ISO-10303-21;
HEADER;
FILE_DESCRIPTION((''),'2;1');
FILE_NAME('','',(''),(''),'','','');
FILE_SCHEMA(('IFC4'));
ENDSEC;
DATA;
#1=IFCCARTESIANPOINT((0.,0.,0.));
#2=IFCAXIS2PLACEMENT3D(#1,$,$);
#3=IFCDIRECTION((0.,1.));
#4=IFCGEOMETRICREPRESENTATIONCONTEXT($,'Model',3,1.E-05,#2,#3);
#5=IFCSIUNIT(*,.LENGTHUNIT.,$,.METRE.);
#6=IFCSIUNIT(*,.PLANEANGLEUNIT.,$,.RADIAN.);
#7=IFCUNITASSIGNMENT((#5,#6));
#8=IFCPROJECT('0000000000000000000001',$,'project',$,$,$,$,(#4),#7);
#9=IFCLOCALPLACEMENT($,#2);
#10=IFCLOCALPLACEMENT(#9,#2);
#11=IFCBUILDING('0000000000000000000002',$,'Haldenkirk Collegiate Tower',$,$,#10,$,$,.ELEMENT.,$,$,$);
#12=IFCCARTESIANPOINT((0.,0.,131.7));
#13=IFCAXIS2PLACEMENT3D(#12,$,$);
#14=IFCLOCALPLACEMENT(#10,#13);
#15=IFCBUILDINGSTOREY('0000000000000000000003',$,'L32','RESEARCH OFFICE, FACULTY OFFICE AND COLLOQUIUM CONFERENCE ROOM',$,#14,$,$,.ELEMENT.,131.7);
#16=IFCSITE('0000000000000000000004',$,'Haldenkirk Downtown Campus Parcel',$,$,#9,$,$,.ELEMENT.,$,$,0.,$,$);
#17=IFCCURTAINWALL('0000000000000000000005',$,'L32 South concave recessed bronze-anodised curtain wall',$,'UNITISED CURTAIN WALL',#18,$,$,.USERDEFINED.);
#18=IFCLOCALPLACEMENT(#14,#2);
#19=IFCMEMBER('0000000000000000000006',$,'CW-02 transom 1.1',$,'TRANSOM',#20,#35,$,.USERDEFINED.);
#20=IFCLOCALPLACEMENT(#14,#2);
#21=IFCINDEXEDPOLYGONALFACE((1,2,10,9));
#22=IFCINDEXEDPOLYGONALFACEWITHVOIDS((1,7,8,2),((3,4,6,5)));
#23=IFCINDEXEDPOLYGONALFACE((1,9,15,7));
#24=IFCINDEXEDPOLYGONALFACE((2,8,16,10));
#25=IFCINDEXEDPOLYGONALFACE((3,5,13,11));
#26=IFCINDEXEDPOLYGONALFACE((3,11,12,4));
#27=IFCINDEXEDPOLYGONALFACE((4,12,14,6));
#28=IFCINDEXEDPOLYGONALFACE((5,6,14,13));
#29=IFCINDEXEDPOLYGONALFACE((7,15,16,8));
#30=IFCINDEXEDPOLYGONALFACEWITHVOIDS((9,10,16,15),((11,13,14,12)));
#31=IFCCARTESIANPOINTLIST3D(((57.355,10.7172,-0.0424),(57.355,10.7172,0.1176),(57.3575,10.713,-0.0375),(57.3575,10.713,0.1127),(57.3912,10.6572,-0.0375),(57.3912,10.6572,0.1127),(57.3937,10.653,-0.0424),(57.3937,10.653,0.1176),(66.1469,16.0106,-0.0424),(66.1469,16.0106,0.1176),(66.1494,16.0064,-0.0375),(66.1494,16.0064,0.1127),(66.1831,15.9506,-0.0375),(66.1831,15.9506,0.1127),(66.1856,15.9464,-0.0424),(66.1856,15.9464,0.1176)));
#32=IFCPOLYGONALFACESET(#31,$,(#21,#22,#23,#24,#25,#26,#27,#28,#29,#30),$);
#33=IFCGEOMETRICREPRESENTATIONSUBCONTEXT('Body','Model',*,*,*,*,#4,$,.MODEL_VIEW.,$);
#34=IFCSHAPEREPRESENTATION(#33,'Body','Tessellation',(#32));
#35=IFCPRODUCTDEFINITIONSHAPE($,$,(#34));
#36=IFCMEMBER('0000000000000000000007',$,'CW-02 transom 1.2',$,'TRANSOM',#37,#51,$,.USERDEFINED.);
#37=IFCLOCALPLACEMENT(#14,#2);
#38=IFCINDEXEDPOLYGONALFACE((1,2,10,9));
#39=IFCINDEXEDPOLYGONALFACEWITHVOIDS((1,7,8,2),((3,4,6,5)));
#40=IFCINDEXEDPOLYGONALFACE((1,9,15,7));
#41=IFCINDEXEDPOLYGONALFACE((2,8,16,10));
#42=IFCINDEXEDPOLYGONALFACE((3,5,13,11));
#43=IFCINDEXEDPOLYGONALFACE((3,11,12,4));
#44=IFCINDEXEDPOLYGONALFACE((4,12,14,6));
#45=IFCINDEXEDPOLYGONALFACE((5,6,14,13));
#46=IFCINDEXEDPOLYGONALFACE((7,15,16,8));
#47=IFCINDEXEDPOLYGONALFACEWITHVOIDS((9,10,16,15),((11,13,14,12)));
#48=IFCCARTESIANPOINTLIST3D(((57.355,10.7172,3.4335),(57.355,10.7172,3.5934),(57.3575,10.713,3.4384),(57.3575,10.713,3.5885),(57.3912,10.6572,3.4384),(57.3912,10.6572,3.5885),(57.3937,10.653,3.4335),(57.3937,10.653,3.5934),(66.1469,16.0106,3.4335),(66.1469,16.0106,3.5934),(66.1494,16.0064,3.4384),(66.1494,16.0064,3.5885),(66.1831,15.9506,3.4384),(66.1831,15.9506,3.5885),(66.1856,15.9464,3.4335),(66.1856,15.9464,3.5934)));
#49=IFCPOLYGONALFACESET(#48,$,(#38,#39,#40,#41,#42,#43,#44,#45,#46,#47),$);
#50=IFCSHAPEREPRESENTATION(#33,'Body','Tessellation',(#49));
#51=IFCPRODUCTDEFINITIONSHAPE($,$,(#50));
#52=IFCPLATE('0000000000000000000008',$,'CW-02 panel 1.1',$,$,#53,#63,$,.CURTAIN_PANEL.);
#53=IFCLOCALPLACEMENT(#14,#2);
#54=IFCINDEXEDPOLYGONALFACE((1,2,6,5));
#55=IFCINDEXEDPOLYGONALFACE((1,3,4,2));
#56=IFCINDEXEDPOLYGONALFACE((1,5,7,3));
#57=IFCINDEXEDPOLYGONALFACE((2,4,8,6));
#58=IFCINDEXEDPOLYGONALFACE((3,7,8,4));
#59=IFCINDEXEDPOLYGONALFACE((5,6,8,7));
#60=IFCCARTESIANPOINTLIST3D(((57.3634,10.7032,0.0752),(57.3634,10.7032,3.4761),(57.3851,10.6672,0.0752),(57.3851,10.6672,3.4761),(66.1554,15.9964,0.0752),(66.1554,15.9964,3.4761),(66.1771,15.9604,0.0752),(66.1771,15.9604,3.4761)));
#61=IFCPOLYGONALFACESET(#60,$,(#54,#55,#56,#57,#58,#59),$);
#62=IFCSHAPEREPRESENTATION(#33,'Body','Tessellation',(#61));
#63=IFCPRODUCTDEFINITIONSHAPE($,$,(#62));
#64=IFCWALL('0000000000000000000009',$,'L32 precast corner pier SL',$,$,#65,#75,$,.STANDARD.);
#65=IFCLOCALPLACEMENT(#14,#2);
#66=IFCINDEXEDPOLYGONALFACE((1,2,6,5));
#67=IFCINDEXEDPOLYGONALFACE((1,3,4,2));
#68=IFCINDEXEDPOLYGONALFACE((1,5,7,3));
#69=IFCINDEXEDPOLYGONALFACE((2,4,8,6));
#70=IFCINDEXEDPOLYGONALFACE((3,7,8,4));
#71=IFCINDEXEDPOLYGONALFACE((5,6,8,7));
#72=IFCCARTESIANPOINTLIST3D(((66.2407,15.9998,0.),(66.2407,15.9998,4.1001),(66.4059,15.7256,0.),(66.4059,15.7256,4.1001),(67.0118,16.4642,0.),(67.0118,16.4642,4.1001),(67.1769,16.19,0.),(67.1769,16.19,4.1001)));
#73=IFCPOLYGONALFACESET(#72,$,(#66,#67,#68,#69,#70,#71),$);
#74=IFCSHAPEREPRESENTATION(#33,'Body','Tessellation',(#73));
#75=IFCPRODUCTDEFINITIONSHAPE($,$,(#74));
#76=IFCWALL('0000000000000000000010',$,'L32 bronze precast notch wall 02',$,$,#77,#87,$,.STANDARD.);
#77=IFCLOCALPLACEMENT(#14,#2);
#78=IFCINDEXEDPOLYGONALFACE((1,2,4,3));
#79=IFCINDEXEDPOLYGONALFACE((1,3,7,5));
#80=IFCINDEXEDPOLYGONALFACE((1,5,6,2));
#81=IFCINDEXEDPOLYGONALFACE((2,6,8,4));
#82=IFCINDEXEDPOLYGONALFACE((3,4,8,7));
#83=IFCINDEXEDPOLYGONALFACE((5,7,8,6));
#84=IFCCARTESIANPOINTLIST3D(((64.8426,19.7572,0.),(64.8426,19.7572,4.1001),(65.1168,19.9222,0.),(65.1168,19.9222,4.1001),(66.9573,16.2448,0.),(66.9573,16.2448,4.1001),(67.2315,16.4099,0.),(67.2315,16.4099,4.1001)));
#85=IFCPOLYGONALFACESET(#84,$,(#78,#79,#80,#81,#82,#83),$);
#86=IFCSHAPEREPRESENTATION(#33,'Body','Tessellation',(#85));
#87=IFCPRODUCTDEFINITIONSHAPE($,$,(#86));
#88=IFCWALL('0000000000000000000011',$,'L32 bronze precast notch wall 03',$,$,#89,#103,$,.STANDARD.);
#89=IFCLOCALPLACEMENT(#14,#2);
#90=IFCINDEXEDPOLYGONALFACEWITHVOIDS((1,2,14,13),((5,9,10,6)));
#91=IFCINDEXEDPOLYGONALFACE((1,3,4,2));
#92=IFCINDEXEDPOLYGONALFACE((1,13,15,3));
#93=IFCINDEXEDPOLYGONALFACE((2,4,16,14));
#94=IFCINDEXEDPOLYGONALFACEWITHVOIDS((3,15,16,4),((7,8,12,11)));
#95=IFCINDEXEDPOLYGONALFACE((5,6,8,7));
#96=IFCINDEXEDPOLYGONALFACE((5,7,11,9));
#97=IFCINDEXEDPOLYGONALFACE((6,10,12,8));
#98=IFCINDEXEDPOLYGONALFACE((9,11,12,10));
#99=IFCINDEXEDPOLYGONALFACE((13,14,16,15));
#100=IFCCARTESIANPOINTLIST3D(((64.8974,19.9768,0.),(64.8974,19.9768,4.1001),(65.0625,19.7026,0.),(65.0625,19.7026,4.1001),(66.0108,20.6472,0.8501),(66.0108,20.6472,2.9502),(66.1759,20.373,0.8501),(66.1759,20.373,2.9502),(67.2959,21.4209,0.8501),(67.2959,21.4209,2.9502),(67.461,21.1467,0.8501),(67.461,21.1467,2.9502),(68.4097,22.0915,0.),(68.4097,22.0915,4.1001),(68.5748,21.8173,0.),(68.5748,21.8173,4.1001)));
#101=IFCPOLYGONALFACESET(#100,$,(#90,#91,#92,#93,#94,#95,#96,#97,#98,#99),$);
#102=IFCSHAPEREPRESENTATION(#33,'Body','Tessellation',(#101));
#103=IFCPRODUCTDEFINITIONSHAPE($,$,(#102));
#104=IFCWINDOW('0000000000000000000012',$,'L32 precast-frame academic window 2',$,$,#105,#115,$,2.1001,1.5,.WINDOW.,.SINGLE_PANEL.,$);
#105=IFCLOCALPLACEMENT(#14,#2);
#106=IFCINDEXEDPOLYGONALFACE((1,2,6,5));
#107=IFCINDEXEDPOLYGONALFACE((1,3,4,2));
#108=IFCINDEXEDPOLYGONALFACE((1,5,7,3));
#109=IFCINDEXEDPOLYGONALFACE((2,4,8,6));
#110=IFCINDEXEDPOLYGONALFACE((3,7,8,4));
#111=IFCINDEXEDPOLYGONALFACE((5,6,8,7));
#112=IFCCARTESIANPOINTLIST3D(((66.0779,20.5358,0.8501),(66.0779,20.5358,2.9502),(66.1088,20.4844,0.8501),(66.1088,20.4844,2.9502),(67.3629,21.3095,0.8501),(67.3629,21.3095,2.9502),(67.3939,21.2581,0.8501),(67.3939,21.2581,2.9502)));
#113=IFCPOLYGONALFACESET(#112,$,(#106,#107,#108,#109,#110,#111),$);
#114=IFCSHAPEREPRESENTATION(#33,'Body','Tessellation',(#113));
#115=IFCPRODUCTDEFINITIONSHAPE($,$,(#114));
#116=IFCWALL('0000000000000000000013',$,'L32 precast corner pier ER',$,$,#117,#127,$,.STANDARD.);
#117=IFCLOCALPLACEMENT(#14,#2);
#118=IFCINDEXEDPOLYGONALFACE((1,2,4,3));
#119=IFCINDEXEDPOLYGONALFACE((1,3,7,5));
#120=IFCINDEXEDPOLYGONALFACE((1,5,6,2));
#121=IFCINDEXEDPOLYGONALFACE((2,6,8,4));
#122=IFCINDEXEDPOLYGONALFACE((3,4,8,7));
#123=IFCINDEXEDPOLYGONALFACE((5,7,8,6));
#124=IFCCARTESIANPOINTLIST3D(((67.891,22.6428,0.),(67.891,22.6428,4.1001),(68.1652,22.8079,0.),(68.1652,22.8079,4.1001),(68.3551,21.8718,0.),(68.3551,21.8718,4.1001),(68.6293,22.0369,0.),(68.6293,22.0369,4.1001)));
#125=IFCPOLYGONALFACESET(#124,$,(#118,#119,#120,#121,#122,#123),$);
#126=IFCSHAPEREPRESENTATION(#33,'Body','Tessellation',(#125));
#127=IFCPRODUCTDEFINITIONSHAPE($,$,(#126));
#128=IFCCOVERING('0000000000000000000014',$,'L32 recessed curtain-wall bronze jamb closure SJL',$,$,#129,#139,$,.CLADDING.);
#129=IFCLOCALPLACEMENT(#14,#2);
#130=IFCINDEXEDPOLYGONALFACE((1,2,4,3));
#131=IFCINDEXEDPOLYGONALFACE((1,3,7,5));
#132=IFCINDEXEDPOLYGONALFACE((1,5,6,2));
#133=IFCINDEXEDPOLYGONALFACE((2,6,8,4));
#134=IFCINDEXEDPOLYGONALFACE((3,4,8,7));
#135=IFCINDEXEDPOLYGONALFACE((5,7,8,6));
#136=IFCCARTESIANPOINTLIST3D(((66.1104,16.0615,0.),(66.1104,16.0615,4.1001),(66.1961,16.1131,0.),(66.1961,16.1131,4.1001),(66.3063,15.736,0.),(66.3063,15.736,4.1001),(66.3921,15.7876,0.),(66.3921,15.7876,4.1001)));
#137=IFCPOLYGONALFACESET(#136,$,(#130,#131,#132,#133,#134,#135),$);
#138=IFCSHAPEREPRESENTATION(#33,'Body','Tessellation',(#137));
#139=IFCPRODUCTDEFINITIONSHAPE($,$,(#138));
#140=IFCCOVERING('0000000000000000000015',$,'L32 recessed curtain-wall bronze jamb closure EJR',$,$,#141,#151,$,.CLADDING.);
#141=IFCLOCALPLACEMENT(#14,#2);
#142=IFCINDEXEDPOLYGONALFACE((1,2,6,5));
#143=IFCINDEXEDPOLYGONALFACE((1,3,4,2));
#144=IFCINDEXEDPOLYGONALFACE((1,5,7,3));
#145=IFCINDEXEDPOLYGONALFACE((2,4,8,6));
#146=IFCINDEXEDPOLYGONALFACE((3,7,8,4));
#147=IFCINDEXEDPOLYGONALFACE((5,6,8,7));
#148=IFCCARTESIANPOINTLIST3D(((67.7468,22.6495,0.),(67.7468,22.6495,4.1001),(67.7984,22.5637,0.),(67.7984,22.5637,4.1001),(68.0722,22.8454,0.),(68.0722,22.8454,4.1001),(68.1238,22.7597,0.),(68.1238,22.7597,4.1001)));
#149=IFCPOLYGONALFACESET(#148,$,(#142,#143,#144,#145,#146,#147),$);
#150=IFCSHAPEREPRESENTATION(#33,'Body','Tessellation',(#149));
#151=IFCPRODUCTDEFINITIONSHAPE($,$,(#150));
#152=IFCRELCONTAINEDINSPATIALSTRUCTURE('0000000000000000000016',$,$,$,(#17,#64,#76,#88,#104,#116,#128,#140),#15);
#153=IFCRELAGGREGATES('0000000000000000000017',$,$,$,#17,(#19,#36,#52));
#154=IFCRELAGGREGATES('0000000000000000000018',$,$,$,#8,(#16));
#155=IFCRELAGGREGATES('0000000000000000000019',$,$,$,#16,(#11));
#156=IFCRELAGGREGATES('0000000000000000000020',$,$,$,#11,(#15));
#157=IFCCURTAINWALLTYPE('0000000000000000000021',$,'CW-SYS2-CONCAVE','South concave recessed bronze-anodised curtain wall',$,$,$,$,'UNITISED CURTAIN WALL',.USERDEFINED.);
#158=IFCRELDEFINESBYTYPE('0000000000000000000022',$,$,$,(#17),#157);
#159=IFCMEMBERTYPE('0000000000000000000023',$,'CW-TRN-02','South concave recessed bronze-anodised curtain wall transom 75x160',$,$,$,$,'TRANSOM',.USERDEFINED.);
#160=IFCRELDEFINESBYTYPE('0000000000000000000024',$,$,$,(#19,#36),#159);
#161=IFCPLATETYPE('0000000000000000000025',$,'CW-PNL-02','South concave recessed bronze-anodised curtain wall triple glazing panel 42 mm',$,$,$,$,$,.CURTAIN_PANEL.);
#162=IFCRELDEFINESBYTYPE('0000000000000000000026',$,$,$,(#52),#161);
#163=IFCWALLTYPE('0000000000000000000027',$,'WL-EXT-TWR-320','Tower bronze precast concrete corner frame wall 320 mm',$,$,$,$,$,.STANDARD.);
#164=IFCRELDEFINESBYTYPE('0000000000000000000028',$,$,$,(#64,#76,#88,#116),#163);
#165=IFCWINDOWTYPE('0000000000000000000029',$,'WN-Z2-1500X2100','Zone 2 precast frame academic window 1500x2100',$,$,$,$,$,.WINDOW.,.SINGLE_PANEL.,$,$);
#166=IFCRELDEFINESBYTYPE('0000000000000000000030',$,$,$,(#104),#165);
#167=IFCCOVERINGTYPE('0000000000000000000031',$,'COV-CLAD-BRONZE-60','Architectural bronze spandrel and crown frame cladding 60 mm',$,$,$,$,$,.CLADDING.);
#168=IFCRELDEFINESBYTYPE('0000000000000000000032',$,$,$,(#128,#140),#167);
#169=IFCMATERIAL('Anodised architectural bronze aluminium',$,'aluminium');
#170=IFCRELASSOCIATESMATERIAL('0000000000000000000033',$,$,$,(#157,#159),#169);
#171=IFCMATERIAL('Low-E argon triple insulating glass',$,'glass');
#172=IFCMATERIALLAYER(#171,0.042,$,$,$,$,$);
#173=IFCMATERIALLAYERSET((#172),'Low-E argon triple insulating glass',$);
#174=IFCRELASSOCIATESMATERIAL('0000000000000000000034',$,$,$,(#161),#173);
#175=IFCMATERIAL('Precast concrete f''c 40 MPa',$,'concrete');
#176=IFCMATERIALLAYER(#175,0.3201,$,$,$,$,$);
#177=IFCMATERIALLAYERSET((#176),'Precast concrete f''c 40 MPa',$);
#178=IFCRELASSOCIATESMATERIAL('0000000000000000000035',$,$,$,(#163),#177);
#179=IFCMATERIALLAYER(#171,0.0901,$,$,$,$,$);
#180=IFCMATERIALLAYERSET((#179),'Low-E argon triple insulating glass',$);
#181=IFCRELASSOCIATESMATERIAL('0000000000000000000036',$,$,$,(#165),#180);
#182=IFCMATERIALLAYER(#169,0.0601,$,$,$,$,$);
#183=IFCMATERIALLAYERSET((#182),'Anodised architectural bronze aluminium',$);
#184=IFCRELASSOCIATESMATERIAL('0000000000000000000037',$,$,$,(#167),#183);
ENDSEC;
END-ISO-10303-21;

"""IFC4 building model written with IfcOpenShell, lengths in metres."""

from ifc_helpers import new_model, si_unit, direction, frame, frame_2d, origin, origin_2d, place, context, subcontext, project, spatial, rectangle, hollow_rectangle, extrude, source, transform, mapped, material, layer, layer_set, material_profile, profile_set, type_object, element, fill, aggregate, save


model = new_model("IFC4")

# Units and contexts
model_context = context("Model", 3, precision=1e-05, world=origin(), true_north=direction((0.0, 1.0)))
body_context = subcontext(model_context, "Body", "Model", "MODEL_VIEW")
ifc_project = project(units=[si_unit("LENGTHUNIT", "METRE"), si_unit("PLANEANGLEUNIT", "RADIAN")], contexts=[model_context])

# Site, building, storey
site_placement = place(None, origin())
site = spatial("IfcSite", under=ifc_project, at=site_placement, Name="Haldenkirk Downtown Campus Parcel", CompositionType="ELEMENT", RefElevation=0.0)
building_placement = place(site_placement, origin())
building = spatial("IfcBuilding", under=site, at=building_placement, Name="Haldenkirk Collegiate Tower", CompositionType="ELEMENT")
storey_placement = place(building_placement, frame((0.0, 0.0, 131.7)))
storey = spatial("IfcBuildingStorey", under=building, at=storey_placement, Name="L32", Description="RESEARCH OFFICE, FACULTY OFFICE AND COLLOQUIUM CONFERENCE ROOM", CompositionType="ELEMENT", Elevation=131.7)

# Curtain wall
ifc_material_1 = material(Name="Anodised architectural bronze aluminium", Category="aluminium")
curtain_wall_type_1 = type_object("IfcCurtainWallType", Name="CW-SYS2-CONCAVE", Description="South concave recessed bronze-anodised curtain wall", ElementType="UNITISED CURTAIN WALL", PredefinedType="USERDEFINED", material=ifc_material_1)
curtain_wall_1_placement = place(storey_placement, origin())
curtain_wall_1 = element("IfcCurtainWall", 1, at=curtain_wall_1_placement, inside=storey, type_object=curtain_wall_type_1, Name="L32 South concave recessed bronze-anodised curtain wall", ObjectType="UNITISED CURTAIN WALL", PredefinedType="USERDEFINED")

# Members
ifc_material_profile_1 = material_profile(ifc_material_1, hollow_rectangle(XDim=0.075, YDim=0.1599, WallThickness=0.0049, at=origin_2d()), Name="CW-TRN-02")
ifc_profile_set_1 = profile_set([ifc_material_profile_1], Name="Anodised architectural bronze aluminium")
member_type_1 = type_object("IfcMemberType", Name="CW-TRN-02", Description="South concave recessed bronze-anodised curtain wall transom 75x160", ElementType="TRANSOM", PredefinedType="USERDEFINED", material=ifc_profile_set_1)
member_1_placement = place(storey_placement, frame((66.1663, 15.9785, 0.0376), z_axis=(-0.856707, -0.515804, 0.0), x_axis=(0.515804, -0.856707, 0.0)))
member_1 = element("IfcMember", 2, at=member_1_placement, type_object=member_type_1, Name="CW-02 transom 1.1", ObjectType="TRANSOM", PredefinedType="USERDEFINED", context=body_context, shape_type="SweptSolid", body=[
    extrude(hollow_rectangle(XDim=0.075, YDim=0.1599, WallThickness=0.0049, at=origin_2d()), origin(), (0.0, 0.0, 1.0), 10.2625),
])
member_2_placement = place(storey_placement, frame((66.1663, 15.9785, 3.5134), z_axis=(-0.856707, -0.515804, 0.0), x_axis=(0.515804, -0.856707, 0.0)))
member_2 = element("IfcMember", 3, at=member_2_placement, type_object=member_type_1, Name="CW-02 transom 1.2", ObjectType="TRANSOM", PredefinedType="USERDEFINED", context=body_context, shape_type="SweptSolid", body=[
    extrude(hollow_rectangle(XDim=0.075, YDim=0.1599, WallThickness=0.0049, at=origin_2d()), origin(), (0.0, 0.0, 1.0), 10.2625),
])

# Plate
ifc_material_2 = material(Name="Low-E argon triple insulating glass", Category="glass")
ifc_layer_1 = layer(ifc_material_2, 0.042)
ifc_layer_set_1 = layer_set([ifc_layer_1], Name="Low-E argon triple insulating glass")
plate_type = type_object("IfcPlateType", Name="CW-PNL-02", Description="South concave recessed bronze-anodised curtain wall triple glazing panel 42 mm", PredefinedType="CURTAIN_PANEL", material=ifc_layer_set_1)
shared_shape_1 = source(origin(), body_context, "Body", "SweptSolid", [
    extrude(rectangle(XDim=10.2625, YDim=0.042, at=origin_2d()), origin(), (0.0, 0.0, 1.0), 3.4009),
])
plate_placement = place(storey_placement, frame((61.7703, 13.3318, 0.0752), z_axis=(0.0, 0.0, 1.0), x_axis=(-0.856718, -0.515785, 0.0)))
plate = element("IfcPlate", 4, at=plate_placement, type_object=plate_type, Name="CW-02 panel 1.1", PredefinedType="CURTAIN_PANEL", context=body_context, shape_type="MappedRepresentation", body=[
    mapped(shared_shape_1, transform((0.0, 0.0, 0.0), x_axis=(1.0, 0.0, 0.0), y_axis=(0.0, 1.0, 0.0), z_axis=(0.0, 0.0, 1.0), scale=1.0)),
])
aggregate(curtain_wall_1, [member_1, member_2, plate])

# Walls
ifc_material_3 = material(Name="Precast concrete f'c 40 MPa", Category="concrete")
ifc_layer_2 = layer(ifc_material_3, 0.3201)
ifc_layer_set_2 = layer_set([ifc_layer_2], Name="Precast concrete f'c 40 MPa")
wall_type = type_object("IfcWallType", Name="WL-EXT-TWR-320", Description="Tower bronze precast concrete corner frame wall 320 mm", PredefinedType="STANDARD", material=ifc_layer_set_2)
wall_1_placement = place(storey_placement, frame((67.0945, 16.3271, 0.0), z_axis=(0.0, 0.0, 1.0), x_axis=(-0.85663, -0.515931, 0.0)))
element("IfcWall", 5, at=wall_1_placement, inside=storey, type_object=wall_type, Name="L32 precast corner pier SL", PredefinedType="STANDARD", context=body_context, shape_type="SweptSolid", body=[
    extrude(rectangle(XDim=0.9001, YDim=0.3201, at=frame_2d((0.4502, 0.0))), origin(), (0.0, 0.0, 1.0), 4.1001),
])
wall_2_placement = place(storey_placement, frame((64.9797, 19.8396, 0.0), z_axis=(0.0, 0.0, 1.0), x_axis=(0.5158, -0.856709, 0.0)))
element("IfcWall", 6, at=wall_2_placement, inside=storey, type_object=wall_type, Name="L32 bronze precast notch wall 02", PredefinedType="STANDARD", context=body_context, shape_type="SweptSolid", body=[
    extrude(rectangle(XDim=4.0999, YDim=0.3201, at=frame_2d((2.0498, 0.0))), origin(), (0.0, 0.0, 1.0), 4.1001),
])

# Wall, opening, window
wall_3_placement = place(storey_placement, frame((68.4922, 21.9543, 0.0), z_axis=(0.0, 0.0, 1.0), x_axis=(-0.856709, -0.5158, 0.0)))
wall_3 = element("IfcWall", 7, at=wall_3_placement, inside=storey, type_object=wall_type, Name="L32 bronze precast notch wall 03", PredefinedType="STANDARD", context=body_context, shape_type="SweptSolid", body=[
    extrude(rectangle(XDim=4.0999, YDim=0.3201, at=frame_2d((2.0498, 0.0))), origin(), (0.0, 0.0, 1.0), 4.1001),
])
opening_placement = place(wall_3_placement, frame((1.3, 0.0, 0.8501)))
opening = element("IfcOpeningElement", 8, at=opening_placement, cuts=wall_3, PredefinedType="OPENING", context=body_context, shape_type="SweptSolid", body=[
    extrude(rectangle(XDim=1.5, YDim=2.1001, at=frame_2d((0.75, 1.05))), frame((0.0, 0.1699, 0.0), z_axis=(0.0, -1.0, 0.0), x_axis=(1.0, 0.0, 0.0)), (0.0, 0.0, 1.0), 0.3401),
])
ifc_layer_3 = layer(ifc_material_2, 0.0901)
ifc_layer_set_3 = layer_set([ifc_layer_3], Name="Low-E argon triple insulating glass")
window_type = type_object("IfcWindowType", Name="WN-Z2-1500X2100", Description="Zone 2 precast frame academic window 1500x2100", PartitioningType="SINGLE_PANEL", PredefinedType="WINDOW", material=ifc_layer_set_3)
window_placement = place(opening_placement, origin())
window = element("IfcWindow", 9, at=window_placement, inside=storey, type_object=window_type, Name="L32 precast-frame academic window 2", OverallHeight=2.1001, OverallWidth=1.5, PartitioningType="SINGLE_PANEL", PredefinedType="WINDOW", context=body_context, shape_type="SweptSolid", body=[
    extrude(rectangle(XDim=1.5, YDim=2.1001, at=frame_2d((0.75, 1.05))), frame((0.0, 0.03, 0.0), z_axis=(0.0, -1.0, 0.0), x_axis=(1.0, 0.0, 0.0)), (0.0, 0.0, 1.0), 0.0601),
])
fill(opening, window)

# Wall
wall_4_placement = place(storey_placement, frame((68.0281, 22.7253, 0.0), z_axis=(0.0, 0.0, 1.0), x_axis=(0.515732, -0.85675, 0.0)))
element("IfcWall", 10, at=wall_4_placement, inside=storey, type_object=wall_type, Name="L32 precast corner pier ER", PredefinedType="STANDARD", context=body_context, shape_type="SweptSolid", body=[
    extrude(rectangle(XDim=0.8999, YDim=0.3201, at=frame_2d((0.45, 0.0))), origin(), (0.0, 0.0, 1.0), 4.1001),
])

# Coverings
ifc_layer_4 = layer(ifc_material_1, 0.0601)
ifc_layer_set_4 = layer_set([ifc_layer_4], Name="Anodised architectural bronze aluminium")
covering_type = type_object("IfcCoveringType", Name="COV-CLAD-BRONZE-60", Description="Architectural bronze spandrel and crown frame cladding 60 mm", PredefinedType="CLADDING", material=ifc_layer_set_4)
shared_shape_2 = source(origin(), body_context, "Body", "SweptSolid", [
    extrude(rectangle(XDim=0.1001, YDim=0.3799, at=origin_2d()), origin(), (0.0, 0.0, 1.0), 4.1001),
])
for number, where, z_axis, x_axis, name in (
    (11, (66.2512, 15.9246, 0.0), (0.0, 0.0, 1.0), (-0.856718, -0.515786, 0.0), "L32 recessed curtain-wall bronze jamb closure SJL"),
    (12, (67.9353, 22.7046, 0.0), (0.0, 0.0, 1.0), (0.515786, -0.856718, 0.0), "L32 recessed curtain-wall bronze jamb closure EJR"),
):
    element("IfcCovering", number, at=place(storey_placement, frame(where, z_axis=z_axis, x_axis=x_axis)), inside=storey, type_object=covering_type, Name=name, PredefinedType="CLADDING", context=body_context, shape_type="MappedRepresentation", body=[
        mapped(shared_shape_2, transform((0.0, 0.0, 0.0), x_axis=(1.0, 0.0, 0.0), y_axis=(0.0, 1.0, 0.0), z_axis=(0.0, 0.0, 1.0), scale=1.0)),
    ])

save(model, "model.ifc")
